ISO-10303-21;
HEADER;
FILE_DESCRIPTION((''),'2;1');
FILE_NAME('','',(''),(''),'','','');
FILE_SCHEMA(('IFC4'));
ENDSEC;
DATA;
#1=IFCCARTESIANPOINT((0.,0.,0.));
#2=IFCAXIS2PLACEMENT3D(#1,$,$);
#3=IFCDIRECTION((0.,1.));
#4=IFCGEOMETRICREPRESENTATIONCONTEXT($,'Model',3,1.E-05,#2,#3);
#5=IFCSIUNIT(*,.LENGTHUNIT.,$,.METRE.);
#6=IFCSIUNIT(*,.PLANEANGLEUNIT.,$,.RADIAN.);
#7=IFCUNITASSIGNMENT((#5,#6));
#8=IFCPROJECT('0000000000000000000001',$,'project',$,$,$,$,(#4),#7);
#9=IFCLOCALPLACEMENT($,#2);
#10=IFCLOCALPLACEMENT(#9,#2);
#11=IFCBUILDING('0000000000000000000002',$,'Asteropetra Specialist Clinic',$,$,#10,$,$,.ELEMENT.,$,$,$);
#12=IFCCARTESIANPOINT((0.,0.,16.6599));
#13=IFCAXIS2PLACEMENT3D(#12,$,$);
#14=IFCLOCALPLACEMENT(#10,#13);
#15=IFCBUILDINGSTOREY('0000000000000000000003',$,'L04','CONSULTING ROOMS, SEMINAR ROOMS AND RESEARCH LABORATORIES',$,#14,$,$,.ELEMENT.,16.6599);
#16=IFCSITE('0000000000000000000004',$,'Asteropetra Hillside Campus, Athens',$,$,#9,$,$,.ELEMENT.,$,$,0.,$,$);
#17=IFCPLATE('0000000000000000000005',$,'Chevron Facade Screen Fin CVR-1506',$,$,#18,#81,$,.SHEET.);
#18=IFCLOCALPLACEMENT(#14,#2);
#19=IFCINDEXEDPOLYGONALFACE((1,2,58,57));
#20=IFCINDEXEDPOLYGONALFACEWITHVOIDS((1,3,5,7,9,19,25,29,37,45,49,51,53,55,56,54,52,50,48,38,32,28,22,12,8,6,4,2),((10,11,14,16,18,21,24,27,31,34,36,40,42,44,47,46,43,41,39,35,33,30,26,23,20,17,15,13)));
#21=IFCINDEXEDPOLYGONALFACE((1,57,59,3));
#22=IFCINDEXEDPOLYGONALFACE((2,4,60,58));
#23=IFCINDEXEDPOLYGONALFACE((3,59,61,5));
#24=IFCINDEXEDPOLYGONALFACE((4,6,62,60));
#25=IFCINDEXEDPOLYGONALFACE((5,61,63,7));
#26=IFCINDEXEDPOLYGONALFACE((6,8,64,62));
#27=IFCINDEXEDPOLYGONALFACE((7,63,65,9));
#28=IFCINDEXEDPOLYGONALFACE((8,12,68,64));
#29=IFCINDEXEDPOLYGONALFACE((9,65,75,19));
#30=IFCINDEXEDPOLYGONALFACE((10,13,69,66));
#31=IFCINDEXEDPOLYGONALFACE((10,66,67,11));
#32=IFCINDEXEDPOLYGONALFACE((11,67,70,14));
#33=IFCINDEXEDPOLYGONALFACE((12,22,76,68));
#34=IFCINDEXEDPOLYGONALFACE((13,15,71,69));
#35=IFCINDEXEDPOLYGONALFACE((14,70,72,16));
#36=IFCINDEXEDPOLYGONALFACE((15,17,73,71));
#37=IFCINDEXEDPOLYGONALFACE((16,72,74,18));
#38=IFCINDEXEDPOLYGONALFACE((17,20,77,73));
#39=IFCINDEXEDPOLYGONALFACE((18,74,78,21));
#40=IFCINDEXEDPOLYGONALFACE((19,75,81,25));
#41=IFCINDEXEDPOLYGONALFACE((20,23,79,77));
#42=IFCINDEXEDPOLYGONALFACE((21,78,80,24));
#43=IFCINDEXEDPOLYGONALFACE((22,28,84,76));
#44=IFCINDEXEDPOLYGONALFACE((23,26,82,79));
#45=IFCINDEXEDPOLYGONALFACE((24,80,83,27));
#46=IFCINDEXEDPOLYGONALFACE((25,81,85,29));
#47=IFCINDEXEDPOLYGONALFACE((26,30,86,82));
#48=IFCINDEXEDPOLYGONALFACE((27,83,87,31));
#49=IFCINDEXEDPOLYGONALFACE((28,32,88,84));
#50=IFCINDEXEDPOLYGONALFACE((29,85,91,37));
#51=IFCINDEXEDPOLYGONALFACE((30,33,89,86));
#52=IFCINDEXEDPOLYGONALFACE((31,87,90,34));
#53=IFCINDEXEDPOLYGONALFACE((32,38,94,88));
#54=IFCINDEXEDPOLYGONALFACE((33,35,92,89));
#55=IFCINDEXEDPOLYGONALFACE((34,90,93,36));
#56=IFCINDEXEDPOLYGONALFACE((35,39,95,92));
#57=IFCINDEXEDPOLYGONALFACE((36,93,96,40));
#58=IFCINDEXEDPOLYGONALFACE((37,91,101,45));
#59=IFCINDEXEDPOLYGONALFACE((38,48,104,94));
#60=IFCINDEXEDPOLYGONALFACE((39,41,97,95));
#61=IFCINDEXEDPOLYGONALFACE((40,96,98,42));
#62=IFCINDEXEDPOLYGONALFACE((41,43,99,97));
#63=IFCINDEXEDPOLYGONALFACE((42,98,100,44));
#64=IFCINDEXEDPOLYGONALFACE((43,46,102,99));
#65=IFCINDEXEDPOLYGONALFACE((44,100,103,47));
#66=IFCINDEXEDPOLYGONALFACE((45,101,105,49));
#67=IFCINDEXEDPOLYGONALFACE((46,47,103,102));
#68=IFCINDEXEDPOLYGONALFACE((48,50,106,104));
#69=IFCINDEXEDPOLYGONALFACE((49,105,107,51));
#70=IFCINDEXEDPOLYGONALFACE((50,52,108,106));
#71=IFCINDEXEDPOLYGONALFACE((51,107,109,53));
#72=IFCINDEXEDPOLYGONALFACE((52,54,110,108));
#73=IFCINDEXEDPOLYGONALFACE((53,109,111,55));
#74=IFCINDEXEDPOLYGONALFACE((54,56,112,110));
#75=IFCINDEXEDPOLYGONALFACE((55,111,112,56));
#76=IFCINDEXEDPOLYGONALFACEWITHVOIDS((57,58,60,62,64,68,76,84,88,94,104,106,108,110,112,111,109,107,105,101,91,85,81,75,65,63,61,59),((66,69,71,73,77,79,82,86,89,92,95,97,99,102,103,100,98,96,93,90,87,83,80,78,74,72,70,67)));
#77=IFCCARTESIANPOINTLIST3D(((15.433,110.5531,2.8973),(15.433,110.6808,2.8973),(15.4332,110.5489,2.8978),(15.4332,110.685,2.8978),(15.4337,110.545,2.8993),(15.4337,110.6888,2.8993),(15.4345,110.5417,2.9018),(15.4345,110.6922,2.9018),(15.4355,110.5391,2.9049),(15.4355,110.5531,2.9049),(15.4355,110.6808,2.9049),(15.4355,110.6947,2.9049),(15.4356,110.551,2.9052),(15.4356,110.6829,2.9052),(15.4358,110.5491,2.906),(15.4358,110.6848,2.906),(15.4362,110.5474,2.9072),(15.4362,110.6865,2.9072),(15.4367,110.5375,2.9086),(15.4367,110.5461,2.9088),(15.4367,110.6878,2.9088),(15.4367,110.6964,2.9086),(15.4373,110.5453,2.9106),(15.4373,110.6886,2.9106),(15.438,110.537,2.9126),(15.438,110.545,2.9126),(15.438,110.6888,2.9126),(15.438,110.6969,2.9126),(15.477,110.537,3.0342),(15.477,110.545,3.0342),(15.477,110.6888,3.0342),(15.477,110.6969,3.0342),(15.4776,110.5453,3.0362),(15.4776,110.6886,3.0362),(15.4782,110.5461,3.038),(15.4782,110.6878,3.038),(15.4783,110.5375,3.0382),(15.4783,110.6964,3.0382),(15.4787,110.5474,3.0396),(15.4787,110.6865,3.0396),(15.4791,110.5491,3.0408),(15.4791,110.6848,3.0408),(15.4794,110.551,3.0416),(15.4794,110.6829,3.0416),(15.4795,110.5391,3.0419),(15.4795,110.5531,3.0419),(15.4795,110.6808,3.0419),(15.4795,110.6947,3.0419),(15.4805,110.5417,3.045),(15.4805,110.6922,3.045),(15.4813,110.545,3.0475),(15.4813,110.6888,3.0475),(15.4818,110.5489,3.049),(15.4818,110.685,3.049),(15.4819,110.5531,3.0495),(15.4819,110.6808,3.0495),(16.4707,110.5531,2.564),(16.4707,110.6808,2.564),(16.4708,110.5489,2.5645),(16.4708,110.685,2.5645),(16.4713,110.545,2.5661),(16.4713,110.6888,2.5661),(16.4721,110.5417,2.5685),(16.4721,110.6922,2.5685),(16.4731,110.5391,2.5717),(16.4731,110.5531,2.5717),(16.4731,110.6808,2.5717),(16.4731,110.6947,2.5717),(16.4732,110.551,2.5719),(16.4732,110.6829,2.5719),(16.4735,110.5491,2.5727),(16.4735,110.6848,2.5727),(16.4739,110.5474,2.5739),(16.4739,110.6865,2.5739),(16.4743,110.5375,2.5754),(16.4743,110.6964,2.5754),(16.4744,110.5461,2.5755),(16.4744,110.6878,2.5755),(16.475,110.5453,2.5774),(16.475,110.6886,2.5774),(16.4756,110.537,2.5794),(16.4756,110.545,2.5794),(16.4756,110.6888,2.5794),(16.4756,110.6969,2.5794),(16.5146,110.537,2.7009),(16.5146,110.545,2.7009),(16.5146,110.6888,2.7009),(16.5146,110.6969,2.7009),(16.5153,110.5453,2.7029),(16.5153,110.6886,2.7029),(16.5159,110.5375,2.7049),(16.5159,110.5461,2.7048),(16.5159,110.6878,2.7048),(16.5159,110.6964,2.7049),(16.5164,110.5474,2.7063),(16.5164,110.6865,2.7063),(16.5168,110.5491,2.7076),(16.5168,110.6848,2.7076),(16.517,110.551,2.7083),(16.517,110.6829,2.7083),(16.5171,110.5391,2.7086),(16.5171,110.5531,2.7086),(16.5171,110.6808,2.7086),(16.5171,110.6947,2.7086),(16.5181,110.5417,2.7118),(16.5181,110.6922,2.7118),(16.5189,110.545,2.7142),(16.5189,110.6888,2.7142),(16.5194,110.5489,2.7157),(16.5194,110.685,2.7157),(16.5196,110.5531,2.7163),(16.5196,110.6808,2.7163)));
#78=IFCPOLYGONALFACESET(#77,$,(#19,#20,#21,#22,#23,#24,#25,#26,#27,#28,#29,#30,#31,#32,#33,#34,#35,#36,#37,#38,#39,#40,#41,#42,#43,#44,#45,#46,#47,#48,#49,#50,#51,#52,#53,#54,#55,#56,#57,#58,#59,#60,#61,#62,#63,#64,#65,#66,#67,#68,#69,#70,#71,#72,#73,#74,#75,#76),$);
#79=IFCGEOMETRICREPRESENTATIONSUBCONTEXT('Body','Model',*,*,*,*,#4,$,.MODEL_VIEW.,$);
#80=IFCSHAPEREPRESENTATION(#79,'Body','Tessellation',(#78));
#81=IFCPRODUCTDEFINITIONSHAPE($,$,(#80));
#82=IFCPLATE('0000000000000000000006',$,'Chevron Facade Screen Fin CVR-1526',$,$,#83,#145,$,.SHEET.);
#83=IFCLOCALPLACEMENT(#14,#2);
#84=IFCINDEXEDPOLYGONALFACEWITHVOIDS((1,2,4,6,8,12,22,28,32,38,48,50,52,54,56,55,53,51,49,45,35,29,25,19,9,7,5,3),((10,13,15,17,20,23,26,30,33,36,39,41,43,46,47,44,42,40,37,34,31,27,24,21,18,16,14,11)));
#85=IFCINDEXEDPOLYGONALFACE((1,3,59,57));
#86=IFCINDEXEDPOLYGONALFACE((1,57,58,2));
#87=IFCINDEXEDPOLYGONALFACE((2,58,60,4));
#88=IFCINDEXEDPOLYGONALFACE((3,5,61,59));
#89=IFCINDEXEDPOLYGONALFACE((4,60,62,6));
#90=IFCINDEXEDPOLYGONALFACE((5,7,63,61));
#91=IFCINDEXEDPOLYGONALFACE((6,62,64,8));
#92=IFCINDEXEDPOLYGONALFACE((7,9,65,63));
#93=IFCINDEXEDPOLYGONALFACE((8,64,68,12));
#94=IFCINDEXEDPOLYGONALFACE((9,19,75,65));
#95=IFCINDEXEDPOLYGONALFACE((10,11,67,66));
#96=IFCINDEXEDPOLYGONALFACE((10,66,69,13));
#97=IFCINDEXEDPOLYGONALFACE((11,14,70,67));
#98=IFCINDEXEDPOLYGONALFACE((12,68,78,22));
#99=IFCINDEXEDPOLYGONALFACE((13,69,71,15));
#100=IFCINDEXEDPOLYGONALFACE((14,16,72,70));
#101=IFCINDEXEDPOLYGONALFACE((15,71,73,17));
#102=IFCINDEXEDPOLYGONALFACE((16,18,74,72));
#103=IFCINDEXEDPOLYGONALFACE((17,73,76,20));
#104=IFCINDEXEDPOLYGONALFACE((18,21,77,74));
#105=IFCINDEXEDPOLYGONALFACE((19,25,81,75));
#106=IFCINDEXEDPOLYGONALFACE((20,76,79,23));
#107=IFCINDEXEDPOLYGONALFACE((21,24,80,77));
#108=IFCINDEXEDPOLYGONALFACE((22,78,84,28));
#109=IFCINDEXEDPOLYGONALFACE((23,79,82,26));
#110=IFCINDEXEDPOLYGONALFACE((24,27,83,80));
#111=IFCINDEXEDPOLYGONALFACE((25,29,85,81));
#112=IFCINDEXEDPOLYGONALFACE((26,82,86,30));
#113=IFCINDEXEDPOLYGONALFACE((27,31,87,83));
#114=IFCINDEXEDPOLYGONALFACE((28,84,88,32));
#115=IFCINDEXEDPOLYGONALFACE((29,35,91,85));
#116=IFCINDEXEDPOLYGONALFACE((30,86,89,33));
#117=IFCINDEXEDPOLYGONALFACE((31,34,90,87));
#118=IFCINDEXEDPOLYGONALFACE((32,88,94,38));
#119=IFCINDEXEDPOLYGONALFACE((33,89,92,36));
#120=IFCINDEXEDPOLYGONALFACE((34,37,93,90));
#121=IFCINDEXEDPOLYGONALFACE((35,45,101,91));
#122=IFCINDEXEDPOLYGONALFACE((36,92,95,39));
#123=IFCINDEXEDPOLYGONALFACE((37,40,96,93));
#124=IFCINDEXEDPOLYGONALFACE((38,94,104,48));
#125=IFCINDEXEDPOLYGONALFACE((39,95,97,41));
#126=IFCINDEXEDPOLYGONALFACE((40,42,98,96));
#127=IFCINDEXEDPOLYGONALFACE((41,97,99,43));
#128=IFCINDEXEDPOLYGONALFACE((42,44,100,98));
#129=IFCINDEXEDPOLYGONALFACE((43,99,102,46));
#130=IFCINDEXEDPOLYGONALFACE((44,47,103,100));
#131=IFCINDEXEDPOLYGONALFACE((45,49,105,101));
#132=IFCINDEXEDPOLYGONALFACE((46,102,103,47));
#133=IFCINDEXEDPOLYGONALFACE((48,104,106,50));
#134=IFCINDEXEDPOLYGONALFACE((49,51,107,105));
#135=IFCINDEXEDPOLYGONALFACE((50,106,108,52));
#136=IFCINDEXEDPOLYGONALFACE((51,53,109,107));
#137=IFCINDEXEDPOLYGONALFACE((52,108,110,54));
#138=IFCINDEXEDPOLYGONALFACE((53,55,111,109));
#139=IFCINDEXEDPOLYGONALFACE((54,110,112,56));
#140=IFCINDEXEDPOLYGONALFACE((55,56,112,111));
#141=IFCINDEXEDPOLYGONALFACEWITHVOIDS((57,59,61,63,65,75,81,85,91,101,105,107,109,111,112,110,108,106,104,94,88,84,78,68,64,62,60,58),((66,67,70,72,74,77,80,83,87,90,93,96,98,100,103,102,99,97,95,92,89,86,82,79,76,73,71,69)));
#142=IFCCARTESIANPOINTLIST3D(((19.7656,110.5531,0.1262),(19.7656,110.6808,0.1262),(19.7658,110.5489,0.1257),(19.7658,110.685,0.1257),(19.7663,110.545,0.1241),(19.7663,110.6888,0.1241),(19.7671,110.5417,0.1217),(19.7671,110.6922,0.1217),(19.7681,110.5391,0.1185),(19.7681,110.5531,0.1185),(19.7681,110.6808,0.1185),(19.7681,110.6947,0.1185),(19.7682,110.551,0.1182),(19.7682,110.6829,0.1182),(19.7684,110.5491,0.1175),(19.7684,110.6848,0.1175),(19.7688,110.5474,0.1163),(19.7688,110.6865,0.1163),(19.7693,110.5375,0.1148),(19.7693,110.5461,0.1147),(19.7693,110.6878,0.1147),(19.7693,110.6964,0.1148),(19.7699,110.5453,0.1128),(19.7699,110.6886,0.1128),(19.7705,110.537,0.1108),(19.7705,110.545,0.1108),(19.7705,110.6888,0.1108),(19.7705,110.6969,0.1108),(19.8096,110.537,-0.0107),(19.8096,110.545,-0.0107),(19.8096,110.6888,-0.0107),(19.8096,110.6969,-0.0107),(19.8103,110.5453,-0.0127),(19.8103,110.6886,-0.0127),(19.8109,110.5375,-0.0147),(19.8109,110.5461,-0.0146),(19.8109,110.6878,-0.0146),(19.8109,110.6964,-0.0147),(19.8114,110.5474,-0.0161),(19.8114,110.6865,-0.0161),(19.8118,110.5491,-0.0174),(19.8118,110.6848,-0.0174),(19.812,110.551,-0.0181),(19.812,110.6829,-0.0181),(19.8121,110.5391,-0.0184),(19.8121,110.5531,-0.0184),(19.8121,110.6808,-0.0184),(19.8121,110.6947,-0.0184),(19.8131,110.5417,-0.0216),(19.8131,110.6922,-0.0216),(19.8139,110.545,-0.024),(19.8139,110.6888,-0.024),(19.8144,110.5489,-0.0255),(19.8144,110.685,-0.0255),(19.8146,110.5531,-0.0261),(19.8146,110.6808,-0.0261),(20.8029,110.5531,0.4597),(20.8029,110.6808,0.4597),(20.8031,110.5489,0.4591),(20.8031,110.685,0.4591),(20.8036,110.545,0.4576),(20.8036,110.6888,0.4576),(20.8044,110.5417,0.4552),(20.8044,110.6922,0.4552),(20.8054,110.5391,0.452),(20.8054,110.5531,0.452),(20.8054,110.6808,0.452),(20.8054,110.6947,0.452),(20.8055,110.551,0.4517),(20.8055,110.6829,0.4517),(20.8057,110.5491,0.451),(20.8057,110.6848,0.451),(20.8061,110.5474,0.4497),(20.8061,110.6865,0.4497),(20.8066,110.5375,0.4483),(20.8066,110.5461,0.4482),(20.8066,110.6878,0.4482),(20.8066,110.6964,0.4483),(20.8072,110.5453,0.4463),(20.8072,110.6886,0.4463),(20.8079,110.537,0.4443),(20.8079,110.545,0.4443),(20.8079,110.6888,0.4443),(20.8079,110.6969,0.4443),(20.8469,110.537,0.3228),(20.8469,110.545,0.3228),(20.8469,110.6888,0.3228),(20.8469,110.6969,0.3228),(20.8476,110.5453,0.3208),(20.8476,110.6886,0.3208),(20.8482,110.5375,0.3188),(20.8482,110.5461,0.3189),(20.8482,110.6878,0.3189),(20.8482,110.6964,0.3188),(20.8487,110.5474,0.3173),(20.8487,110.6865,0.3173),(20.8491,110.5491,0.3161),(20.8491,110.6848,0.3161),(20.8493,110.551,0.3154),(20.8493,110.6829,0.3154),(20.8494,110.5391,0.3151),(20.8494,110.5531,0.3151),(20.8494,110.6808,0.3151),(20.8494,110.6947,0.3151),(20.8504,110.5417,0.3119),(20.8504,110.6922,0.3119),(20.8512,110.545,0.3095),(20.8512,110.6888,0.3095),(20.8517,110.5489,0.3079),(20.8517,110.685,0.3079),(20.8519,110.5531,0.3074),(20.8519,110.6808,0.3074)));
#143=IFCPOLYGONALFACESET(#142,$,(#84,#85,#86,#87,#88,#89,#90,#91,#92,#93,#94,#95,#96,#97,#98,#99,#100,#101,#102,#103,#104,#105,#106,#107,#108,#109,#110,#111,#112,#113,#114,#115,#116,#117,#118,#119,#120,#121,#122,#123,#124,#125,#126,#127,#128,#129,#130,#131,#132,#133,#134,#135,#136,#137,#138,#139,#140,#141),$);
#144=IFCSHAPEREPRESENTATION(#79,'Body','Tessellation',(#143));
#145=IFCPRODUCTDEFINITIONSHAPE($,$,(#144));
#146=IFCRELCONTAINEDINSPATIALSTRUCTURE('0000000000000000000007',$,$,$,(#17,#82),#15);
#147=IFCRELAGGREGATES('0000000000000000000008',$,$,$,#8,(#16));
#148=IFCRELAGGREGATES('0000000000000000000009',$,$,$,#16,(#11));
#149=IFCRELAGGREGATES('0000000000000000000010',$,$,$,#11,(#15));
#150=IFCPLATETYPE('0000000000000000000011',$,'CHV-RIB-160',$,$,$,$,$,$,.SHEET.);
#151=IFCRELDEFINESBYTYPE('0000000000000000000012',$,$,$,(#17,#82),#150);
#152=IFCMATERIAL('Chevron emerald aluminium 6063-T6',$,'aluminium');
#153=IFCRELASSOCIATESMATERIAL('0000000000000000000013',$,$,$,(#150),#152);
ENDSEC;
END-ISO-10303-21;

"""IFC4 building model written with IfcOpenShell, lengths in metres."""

from ifc_helpers import new_model, si_unit, direction, frame, origin, origin_2d, place, context, subcontext, project, spatial, hollow_rectangle, extrude, material, material_profile, profile_set, type_object, element, save


model = new_model("IFC4")

# Units and contexts
model_context = context("Model", 3, precision=1e-05, world=origin(), true_north=direction((0.0, 1.0)))
body_context = subcontext(model_context, "Body", "Model", "MODEL_VIEW")
ifc_project = project(units=[si_unit("LENGTHUNIT", "METRE"), si_unit("PLANEANGLEUNIT", "RADIAN")], contexts=[model_context])

# Site, building, storey
site_placement = place(None, origin())
site = spatial("IfcSite", under=ifc_project, at=site_placement, Name="Asteropetra Hillside Campus, Athens", CompositionType="ELEMENT", RefElevation=0.0)
building_placement = place(site_placement, origin())
building = spatial("IfcBuilding", under=site, at=building_placement, Name="Asteropetra Specialist Clinic", CompositionType="ELEMENT")
storey_placement = place(building_placement, frame((0.0, 0.0, 16.6599)))
storey = spatial("IfcBuildingStorey", under=building, at=storey_placement, Name="L04", Description="CONSULTING ROOMS, SEMINAR ROOMS AND RESEARCH LABORATORIES", CompositionType="ELEMENT", Elevation=16.6599)

# Plates
ifc_material_1 = material(Name="Chevron emerald aluminium 6063-T6", Category="aluminium")
ifc_material_profile_1 = material_profile(ifc_material_1, hollow_rectangle(XDim=0.1599, YDim=0.1599, WallThickness=0.0081, InnerFilletRadius=0.0081, OuterFilletRadius=0.0161, at=origin_2d()), Name="SHS 160x160x8.0")
ifc_profile_set_1 = profile_set([ifc_material_profile_1], Name="Chevron emerald aluminium 6063-T6")
plate_type_1 = type_object("IfcPlateType", Name="CHV-RIB-160", PredefinedType="SHEET", material=ifc_profile_set_1)
for number, where, z_axis, x_axis, name in (
    (1, (16.4951, 110.6169, 2.6401), (-0.952098, 0.0, 0.305792), (0.0, -1.0, 0.0), "Chevron Facade Screen Fin CVR-1506"),
):
    element("IfcPlate", number, at=place(storey_placement, frame(where, z_axis=z_axis, x_axis=x_axis)), inside=storey, type_object=plate_type_1, Name=name, PredefinedType="SHEET", context=body_context, shape_type="SweptSolid", body=[
        extrude(hollow_rectangle(XDim=0.1599, YDim=0.1599, WallThickness=0.0081, InnerFilletRadius=0.0081, OuterFilletRadius=0.0161, at=origin_2d()), origin(), (0.0, 0.0, 1.0), 1.0898),
    ])
for number, where, z_axis, x_axis, name in (
    (2, (20.8274, 110.6169, 0.3835), (-0.952012, 0.0, -0.30606), (0.0, -1.0, 0.0), "Chevron Facade Screen Fin CVR-1526"),
):
    element("IfcPlate", number, at=place(storey_placement, frame(where, z_axis=z_axis, x_axis=x_axis)), inside=storey, type_object=plate_type_1, Name=name, PredefinedType="SHEET", context=body_context, shape_type="SweptSolid", body=[
        extrude(hollow_rectangle(XDim=0.1599, YDim=0.1599, WallThickness=0.0081, InnerFilletRadius=0.0081, OuterFilletRadius=0.0161, at=origin_2d()), origin(), (0.0, 0.0, 1.0), 1.0896),
    ])

save(model, "model.ifc")
